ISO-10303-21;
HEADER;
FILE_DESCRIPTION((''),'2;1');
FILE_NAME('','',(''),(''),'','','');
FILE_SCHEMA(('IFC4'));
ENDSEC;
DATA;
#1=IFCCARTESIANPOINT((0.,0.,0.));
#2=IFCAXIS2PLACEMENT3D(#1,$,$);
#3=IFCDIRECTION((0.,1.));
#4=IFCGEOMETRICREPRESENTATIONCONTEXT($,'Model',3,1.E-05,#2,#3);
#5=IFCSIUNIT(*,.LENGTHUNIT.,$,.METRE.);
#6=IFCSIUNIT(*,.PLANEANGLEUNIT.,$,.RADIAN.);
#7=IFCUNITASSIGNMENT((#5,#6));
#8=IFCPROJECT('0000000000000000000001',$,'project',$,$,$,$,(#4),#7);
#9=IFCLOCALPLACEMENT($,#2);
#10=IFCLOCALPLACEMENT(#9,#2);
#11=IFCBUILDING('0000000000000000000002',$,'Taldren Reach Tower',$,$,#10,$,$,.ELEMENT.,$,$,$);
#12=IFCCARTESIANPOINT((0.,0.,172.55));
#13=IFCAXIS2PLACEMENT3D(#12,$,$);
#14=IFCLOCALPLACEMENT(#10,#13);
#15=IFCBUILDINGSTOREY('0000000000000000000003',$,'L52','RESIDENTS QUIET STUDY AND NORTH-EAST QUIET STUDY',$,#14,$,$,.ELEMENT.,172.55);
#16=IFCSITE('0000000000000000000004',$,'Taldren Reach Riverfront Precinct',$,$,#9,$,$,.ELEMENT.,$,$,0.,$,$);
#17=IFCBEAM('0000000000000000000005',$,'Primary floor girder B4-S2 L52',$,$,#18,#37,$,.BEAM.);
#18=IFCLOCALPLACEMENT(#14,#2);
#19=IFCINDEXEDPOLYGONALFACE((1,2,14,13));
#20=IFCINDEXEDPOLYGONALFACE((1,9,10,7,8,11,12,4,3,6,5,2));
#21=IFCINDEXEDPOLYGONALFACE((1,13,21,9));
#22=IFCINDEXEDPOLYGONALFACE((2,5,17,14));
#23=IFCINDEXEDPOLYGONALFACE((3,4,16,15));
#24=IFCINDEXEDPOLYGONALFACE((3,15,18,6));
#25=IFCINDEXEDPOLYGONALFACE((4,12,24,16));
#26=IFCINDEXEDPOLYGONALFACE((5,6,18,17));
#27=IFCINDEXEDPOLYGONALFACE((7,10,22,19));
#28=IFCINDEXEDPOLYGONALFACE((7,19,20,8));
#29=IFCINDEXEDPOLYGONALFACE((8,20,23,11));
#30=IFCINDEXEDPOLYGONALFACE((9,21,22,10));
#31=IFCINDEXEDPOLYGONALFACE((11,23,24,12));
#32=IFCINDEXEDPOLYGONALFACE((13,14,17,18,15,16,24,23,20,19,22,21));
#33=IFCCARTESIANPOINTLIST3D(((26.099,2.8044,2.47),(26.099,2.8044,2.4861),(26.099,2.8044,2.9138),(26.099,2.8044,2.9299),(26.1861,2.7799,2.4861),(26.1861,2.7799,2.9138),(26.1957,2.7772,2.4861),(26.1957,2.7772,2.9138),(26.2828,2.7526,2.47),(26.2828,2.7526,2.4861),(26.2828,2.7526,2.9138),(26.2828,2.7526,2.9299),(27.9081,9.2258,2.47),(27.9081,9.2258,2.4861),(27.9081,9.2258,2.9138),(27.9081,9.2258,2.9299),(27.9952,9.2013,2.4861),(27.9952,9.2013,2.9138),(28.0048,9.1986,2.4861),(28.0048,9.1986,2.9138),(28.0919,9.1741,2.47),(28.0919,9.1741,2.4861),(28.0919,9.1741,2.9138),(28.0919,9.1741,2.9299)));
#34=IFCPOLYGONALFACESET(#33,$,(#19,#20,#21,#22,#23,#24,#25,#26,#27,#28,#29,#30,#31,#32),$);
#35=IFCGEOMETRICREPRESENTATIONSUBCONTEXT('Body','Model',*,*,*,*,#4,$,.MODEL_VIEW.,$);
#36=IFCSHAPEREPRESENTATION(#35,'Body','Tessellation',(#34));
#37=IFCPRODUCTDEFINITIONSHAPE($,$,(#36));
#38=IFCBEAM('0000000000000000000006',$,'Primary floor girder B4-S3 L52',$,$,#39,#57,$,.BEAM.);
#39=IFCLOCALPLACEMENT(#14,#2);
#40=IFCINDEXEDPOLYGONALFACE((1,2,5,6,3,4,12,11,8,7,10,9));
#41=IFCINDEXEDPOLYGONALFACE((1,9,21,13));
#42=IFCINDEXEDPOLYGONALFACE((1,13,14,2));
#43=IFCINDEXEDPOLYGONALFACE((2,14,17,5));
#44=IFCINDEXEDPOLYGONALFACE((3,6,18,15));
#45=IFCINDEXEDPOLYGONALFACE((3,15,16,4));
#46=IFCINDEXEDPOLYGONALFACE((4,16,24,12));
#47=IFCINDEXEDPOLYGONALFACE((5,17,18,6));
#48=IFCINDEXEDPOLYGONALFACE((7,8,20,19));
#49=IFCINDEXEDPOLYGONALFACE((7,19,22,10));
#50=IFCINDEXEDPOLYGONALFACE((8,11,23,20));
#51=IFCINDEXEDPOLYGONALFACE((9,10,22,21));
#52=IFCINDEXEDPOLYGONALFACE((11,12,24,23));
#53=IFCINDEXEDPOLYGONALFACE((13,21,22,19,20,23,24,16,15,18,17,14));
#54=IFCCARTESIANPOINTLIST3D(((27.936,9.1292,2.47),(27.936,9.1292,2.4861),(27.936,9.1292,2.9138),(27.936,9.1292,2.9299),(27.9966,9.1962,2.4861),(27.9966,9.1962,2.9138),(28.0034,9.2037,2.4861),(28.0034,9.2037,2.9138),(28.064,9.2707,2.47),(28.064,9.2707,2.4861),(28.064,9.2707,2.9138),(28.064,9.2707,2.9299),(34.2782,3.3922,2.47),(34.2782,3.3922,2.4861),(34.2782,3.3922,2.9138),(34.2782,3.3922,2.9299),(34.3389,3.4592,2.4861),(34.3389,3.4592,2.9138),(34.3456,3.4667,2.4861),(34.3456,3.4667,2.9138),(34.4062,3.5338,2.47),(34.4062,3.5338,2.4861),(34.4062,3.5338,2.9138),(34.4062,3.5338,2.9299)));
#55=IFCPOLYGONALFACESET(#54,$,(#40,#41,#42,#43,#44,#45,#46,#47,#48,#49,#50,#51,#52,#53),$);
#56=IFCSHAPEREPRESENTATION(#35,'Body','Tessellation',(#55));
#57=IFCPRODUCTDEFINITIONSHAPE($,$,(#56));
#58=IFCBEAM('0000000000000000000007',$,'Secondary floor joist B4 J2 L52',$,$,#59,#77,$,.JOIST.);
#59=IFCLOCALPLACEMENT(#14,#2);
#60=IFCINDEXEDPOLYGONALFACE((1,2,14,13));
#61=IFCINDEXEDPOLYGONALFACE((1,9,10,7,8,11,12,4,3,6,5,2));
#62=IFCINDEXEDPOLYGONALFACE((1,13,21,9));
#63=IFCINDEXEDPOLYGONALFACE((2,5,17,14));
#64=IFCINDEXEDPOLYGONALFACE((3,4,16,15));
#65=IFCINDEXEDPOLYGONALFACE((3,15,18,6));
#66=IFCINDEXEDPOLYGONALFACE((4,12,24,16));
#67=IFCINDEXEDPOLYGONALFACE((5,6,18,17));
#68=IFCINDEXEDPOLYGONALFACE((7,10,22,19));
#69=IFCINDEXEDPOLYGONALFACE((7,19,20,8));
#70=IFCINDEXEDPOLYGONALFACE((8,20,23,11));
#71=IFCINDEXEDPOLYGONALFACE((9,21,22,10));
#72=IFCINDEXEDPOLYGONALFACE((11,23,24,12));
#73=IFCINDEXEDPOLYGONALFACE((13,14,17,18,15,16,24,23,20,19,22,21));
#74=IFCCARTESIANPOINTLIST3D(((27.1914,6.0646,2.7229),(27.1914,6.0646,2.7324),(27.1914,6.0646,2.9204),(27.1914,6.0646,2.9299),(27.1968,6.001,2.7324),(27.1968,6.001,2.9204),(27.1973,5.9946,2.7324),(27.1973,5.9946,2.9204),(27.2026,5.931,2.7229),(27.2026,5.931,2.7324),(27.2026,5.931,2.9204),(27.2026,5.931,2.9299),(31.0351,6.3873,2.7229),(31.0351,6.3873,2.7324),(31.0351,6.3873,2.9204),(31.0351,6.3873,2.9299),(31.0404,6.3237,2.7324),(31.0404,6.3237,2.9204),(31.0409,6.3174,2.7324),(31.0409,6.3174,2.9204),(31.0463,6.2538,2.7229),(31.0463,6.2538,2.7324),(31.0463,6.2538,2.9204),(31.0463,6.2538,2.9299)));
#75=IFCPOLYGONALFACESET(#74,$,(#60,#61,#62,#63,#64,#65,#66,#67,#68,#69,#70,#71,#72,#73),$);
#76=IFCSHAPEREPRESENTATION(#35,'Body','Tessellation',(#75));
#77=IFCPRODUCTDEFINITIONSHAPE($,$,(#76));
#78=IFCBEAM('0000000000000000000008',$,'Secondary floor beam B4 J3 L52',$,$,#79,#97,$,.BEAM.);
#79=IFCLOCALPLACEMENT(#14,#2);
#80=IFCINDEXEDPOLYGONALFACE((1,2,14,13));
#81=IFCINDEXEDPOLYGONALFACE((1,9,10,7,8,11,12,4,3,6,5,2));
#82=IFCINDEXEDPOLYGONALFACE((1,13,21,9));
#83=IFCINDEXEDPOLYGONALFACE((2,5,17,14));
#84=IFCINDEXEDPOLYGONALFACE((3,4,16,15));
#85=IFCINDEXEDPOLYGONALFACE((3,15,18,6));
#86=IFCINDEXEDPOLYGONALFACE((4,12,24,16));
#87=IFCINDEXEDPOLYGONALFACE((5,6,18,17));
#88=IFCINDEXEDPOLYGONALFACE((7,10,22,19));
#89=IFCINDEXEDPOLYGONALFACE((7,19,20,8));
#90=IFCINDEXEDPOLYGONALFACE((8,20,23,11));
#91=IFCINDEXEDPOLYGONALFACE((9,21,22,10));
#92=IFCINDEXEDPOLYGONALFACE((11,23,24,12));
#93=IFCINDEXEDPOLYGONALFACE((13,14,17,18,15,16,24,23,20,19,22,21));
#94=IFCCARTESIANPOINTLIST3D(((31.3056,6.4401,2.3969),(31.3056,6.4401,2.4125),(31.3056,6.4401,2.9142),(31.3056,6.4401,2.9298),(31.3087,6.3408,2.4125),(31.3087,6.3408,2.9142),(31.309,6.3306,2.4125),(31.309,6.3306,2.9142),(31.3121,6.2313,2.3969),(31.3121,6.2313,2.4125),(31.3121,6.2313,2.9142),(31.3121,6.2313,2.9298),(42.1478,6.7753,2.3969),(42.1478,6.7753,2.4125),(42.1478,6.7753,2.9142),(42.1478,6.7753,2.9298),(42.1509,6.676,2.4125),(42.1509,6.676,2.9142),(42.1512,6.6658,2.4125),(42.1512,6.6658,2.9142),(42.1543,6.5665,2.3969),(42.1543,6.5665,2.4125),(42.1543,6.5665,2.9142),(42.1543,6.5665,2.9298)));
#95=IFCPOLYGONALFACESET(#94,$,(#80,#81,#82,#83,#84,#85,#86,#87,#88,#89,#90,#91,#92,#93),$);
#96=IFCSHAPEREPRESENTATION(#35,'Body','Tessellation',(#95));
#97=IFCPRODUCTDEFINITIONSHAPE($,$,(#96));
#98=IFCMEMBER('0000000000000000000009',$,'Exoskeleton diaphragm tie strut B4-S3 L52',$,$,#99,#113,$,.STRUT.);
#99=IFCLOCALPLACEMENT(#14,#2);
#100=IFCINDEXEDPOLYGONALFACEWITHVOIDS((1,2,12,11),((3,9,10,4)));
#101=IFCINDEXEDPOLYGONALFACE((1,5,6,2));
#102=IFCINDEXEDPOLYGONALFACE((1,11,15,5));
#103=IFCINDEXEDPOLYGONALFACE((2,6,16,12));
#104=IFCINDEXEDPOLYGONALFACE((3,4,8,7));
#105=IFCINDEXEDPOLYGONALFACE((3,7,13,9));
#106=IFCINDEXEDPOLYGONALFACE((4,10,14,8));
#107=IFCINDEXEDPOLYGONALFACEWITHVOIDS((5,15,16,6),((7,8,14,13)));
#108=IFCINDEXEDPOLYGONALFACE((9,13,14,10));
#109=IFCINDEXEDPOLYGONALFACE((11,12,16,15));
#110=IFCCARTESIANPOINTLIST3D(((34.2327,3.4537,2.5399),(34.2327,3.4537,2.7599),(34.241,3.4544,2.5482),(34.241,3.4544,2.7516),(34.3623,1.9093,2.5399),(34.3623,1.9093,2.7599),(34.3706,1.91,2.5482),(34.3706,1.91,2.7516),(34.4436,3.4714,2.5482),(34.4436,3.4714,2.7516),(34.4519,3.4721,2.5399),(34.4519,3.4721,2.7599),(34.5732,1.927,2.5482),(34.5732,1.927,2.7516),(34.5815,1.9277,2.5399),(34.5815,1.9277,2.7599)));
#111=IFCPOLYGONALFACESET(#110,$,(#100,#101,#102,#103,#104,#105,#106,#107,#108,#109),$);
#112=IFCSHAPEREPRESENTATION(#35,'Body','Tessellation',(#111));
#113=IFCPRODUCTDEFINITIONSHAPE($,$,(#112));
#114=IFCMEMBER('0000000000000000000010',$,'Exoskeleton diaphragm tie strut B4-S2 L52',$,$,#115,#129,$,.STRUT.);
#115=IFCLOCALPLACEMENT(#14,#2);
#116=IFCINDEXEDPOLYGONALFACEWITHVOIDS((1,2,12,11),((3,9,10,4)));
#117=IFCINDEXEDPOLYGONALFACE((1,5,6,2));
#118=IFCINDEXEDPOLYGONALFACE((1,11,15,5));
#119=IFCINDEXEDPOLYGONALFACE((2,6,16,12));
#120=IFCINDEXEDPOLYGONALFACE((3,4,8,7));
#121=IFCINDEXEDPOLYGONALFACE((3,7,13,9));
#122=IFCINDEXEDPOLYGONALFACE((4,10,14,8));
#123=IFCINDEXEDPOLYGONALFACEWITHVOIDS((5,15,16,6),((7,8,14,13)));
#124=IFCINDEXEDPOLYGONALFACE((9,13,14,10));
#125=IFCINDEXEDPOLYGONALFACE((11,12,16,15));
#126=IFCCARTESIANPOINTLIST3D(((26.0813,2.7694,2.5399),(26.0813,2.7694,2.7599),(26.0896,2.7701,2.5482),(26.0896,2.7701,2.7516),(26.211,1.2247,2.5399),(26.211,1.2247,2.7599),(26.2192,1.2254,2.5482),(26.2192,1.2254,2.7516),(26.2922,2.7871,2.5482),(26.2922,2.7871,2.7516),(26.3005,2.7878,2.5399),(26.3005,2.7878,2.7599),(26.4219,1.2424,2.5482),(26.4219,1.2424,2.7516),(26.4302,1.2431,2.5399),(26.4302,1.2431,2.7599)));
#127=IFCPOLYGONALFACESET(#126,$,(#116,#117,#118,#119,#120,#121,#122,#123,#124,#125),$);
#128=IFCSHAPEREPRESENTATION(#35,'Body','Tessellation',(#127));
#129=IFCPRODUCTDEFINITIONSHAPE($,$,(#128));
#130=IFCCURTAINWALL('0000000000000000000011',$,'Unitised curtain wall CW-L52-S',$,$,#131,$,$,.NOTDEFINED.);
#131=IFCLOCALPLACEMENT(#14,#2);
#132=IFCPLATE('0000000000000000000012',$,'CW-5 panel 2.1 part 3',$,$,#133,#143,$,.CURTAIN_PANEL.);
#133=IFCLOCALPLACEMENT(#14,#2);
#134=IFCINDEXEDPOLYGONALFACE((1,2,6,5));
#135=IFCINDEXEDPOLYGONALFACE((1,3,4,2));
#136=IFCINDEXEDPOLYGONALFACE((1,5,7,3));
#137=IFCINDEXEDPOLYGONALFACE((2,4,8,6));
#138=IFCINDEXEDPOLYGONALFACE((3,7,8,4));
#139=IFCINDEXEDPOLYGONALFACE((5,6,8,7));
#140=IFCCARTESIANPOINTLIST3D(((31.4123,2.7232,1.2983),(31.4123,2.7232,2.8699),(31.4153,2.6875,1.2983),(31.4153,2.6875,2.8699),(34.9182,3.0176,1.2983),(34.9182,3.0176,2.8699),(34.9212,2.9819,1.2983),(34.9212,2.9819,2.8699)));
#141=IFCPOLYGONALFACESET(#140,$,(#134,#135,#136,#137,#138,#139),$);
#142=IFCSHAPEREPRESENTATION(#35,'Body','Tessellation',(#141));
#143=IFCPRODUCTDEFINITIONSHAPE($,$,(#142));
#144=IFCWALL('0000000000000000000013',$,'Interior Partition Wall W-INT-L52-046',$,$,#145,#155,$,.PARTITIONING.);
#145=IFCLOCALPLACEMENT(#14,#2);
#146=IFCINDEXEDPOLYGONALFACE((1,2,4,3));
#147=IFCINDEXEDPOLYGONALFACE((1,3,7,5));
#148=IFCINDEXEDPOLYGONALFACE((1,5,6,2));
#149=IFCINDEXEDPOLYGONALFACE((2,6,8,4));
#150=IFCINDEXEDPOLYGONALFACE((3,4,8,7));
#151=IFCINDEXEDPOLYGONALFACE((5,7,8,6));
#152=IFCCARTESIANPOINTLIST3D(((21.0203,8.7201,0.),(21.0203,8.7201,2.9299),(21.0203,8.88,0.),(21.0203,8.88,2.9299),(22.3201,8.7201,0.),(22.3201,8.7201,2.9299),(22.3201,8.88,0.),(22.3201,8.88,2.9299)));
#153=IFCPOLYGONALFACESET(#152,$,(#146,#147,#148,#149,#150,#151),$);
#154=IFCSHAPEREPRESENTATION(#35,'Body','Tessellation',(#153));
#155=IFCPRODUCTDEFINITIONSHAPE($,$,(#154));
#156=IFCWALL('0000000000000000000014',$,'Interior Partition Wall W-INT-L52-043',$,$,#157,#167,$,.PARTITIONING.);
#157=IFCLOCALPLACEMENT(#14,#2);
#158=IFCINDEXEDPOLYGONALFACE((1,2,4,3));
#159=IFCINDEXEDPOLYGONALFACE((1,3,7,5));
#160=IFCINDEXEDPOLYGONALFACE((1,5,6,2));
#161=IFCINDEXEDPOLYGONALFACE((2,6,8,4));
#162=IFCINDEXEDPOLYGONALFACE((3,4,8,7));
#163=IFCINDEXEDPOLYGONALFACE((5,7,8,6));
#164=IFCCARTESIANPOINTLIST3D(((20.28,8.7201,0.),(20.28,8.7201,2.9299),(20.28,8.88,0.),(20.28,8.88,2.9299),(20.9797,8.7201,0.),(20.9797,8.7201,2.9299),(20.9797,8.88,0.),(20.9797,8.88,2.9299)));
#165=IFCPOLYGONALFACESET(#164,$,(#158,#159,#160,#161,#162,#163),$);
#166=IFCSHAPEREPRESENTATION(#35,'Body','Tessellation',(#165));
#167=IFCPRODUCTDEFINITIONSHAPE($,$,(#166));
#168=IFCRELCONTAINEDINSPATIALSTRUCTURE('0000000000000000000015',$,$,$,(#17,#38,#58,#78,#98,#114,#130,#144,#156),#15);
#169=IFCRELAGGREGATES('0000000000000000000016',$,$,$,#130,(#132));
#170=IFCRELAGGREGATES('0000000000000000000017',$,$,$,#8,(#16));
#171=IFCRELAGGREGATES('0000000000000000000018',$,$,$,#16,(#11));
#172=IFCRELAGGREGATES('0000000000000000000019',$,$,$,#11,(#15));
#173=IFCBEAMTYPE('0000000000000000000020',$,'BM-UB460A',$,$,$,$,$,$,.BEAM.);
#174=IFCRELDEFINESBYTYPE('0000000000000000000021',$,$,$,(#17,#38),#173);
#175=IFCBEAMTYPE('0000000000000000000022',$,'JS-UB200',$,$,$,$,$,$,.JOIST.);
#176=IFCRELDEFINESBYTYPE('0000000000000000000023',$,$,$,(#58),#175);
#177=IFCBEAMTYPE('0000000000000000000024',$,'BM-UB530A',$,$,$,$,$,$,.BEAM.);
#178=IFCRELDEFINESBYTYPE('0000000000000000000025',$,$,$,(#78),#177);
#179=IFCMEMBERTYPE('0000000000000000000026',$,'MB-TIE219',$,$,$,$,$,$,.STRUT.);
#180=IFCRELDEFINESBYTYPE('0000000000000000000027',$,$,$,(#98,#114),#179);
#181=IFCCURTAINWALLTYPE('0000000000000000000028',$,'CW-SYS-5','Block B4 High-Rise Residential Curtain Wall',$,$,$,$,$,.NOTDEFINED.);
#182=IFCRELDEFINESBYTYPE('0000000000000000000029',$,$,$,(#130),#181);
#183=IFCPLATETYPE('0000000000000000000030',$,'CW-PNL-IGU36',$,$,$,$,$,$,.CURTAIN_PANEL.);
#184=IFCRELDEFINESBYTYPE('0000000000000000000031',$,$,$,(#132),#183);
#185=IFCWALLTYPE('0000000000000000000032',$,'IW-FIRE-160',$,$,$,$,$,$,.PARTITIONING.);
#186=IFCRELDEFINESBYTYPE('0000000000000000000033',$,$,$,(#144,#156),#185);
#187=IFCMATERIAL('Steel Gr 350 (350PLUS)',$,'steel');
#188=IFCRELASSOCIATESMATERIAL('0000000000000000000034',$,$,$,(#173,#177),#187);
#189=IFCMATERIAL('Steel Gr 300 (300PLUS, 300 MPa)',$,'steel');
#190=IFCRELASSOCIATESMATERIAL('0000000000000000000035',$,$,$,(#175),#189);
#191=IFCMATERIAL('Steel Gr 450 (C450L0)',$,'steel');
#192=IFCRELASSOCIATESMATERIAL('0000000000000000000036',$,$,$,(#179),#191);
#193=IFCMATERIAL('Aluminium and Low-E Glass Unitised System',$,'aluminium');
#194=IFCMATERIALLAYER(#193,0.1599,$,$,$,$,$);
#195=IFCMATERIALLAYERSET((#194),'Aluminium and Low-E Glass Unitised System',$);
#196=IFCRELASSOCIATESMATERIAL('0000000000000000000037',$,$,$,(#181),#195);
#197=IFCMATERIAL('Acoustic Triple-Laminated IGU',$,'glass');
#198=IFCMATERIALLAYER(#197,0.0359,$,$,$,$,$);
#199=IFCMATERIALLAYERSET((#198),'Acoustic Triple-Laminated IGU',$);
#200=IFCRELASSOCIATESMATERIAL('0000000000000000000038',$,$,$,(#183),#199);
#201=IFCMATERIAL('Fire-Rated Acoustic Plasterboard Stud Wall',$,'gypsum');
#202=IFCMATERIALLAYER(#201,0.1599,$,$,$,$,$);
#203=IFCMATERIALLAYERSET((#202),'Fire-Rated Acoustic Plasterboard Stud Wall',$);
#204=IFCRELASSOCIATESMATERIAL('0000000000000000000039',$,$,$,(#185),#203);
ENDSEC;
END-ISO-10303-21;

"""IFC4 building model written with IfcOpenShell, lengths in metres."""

from ifc_helpers import new_model, si_unit, direction, frame, frame_2d, origin, origin_2d, place, context, subcontext, project, spatial, rectangle, hollow_rectangle, i_section, extrude, source, transform, mapped, material, layer, layer_set, material_profile, profile_set, type_object, element, aggregate, save


model = new_model("IFC4")

# Units and contexts
model_context = context("Model", 3, precision=1e-05, world=origin(), true_north=direction((0.0, 1.0)))
body_context = subcontext(model_context, "Body", "Model", "MODEL_VIEW")
ifc_project = project(units=[si_unit("LENGTHUNIT", "METRE"), si_unit("PLANEANGLEUNIT", "RADIAN")], contexts=[model_context])

# Site, building, storey
site_placement = place(None, origin())
site = spatial("IfcSite", under=ifc_project, at=site_placement, Name="Taldren Reach Riverfront Precinct", CompositionType="ELEMENT", RefElevation=0.0)
building_placement = place(site_placement, origin())
building = spatial("IfcBuilding", under=site, at=building_placement, Name="Taldren Reach Tower", CompositionType="ELEMENT")
storey_placement = place(building_placement, frame((0.0, 0.0, 172.55)))
storey = spatial("IfcBuildingStorey", under=building, at=storey_placement, Name="L52", Description="RESIDENTS QUIET STUDY AND NORTH-EAST QUIET STUDY", CompositionType="ELEMENT", Elevation=172.55)

# Shared definitions
ifc_material_1 = material(Name="Steel Gr 350 (350PLUS)", Category="steel")

# Beams
ifc_material_profile_1 = material_profile(ifc_material_1, i_section(OverallWidth=0.1909, OverallDepth=0.46, WebThickness=0.01, FlangeThickness=0.0161, at=origin_2d()), Name="460UB82.1")
ifc_profile_set_1 = profile_set([ifc_material_profile_1], Name="Steel Gr 350 (350PLUS)")
beam_type_1 = type_object("IfcBeamType", Name="BM-UB460A", PredefinedType="BEAM", material=ifc_profile_set_1)
shared_shape_1 = source(origin(), body_context, "Body", "SweptSolid", [
    extrude(i_section(OverallWidth=0.1909, OverallDepth=0.46, WebThickness=0.01, FlangeThickness=0.0161, at=origin_2d()), origin(), (0.0, 0.0, 1.0), 6.6714),
])
beam_1_placement = place(storey_placement, frame((28.0, 9.2, 2.7), z_axis=(-0.271172, -0.962531, 0.0), x_axis=(0.962531, -0.271172, 0.0)))
element("IfcBeam", 1, at=beam_1_placement, inside=storey, type_object=beam_type_1, Name="Primary floor girder B4-S2 L52", PredefinedType="BEAM", context=body_context, shape_type="MappedRepresentation", body=[
    mapped(shared_shape_1, transform((0.0, 0.0, 0.0), scale=1.0)),
])
shared_shape_2 = source(origin(), body_context, "Body", "SweptSolid", [
    extrude(i_section(OverallWidth=0.1909, OverallDepth=0.46, WebThickness=0.01, FlangeThickness=0.0161, at=origin_2d()), origin(), (0.0, 0.0, 1.0), 8.552),
])
beam_2_placement = place(storey_placement, frame((28.0, 9.2, 2.7), z_axis=(0.741605, -0.670836, 0.0), x_axis=(0.670836, 0.741605, 0.0)))
element("IfcBeam", 2, at=beam_2_placement, inside=storey, type_object=beam_type_1, Name="Primary floor girder B4-S3 L52", PredefinedType="BEAM", context=body_context, shape_type="MappedRepresentation", body=[
    mapped(shared_shape_2, transform((0.0, 0.0, 0.0), scale=1.0)),
])
ifc_material_2 = material(Name="Steel Gr 300 (300PLUS, 300 MPa)", Category="steel")
ifc_material_profile_2 = material_profile(ifc_material_2, i_section(OverallWidth=0.134, OverallDepth=0.207, WebThickness=0.0063, FlangeThickness=0.0095, at=origin_2d()), Name="200UB29.8")
ifc_profile_set_2 = profile_set([ifc_material_profile_2], Name="Steel Gr 300 (300PLUS, 300 MPa)")
beam_type_2 = type_object("IfcBeamType", Name="JS-UB200", PredefinedType="JOIST", material=ifc_profile_set_2)
shared_shape_3 = source(origin(), body_context, "Body", "SweptSolid", [
    extrude(i_section(OverallWidth=0.134, OverallDepth=0.207, WebThickness=0.0063, FlangeThickness=0.0095, at=origin_2d()), origin(), (0.0, 0.0, 1.0), 3.8572),
])
beam_3_placement = place(storey_placement, frame((27.197, 5.9978, 2.8264), z_axis=(0.996493, 0.083674, 0.0), x_axis=(-0.083674, 0.996493, 0.0)))
element("IfcBeam", 3, at=beam_3_placement, inside=storey, type_object=beam_type_2, Name="Secondary floor joist B4 J2 L52", PredefinedType="JOIST", context=body_context, shape_type="MappedRepresentation", body=[
    mapped(shared_shape_3, transform((0.0, 0.0, 0.0), scale=1.0)),
])
ifc_material_profile_3 = material_profile(ifc_material_1, i_section(OverallWidth=0.209, OverallDepth=0.533, WebThickness=0.0103, FlangeThickness=0.0156, at=origin_2d()), Name="530UB92.4")
ifc_profile_set_3 = profile_set([ifc_material_profile_3], Name="Steel Gr 350 (350PLUS)")
beam_type_3 = type_object("IfcBeamType", Name="BM-UB530A", PredefinedType="BEAM", material=ifc_profile_set_3)
shared_shape_4 = source(origin(), body_context, "Body", "SweptSolid", [
    extrude(i_section(OverallWidth=0.209, OverallDepth=0.533, WebThickness=0.0103, FlangeThickness=0.0156, at=origin_2d()), origin(), (0.0, 0.0, 1.0), 10.8474),
])
beam_4_placement = place(storey_placement, frame((31.3088, 6.3357, 2.6633), z_axis=(0.999522, 0.030902, 0.0), x_axis=(-0.030902, 0.999522, 0.0)))
element("IfcBeam", 4, at=beam_4_placement, inside=storey, type_object=beam_type_3, Name="Secondary floor beam B4 J3 L52", PredefinedType="BEAM", context=body_context, shape_type="MappedRepresentation", body=[
    mapped(shared_shape_4, transform((0.0, 0.0, 0.0), scale=1.0)),
])

# Members
ifc_material_3 = material(Name="Steel Gr 450 (C450L0)", Category="steel")
ifc_material_profile_4 = material_profile(ifc_material_3, hollow_rectangle(XDim=0.22, YDim=0.22, WallThickness=0.0083, at=origin_2d()), Name="220x220x8.2SHS")
ifc_profile_set_4 = profile_set([ifc_material_profile_4], Name="Steel Gr 450 (C450L0)")
member_type_1 = type_object("IfcMemberType", Name="MB-TIE219", PredefinedType="STRUT", material=ifc_profile_set_4)
shared_shape_5 = source(origin(), body_context, "Body", "SweptSolid", [
    extrude(hollow_rectangle(XDim=0.22, YDim=0.22, WallThickness=0.0083, at=origin_2d()), origin(), (0.0, 0.0, 1.0), 1.5498),
])
member_1_placement = place(storey_placement, frame((34.3423, 3.4629, 2.6499), z_axis=(0.083645, -0.996496, 0.0), x_axis=(0.996496, 0.083645, 0.0)))
element("IfcMember", 5, at=member_1_placement, inside=storey, type_object=member_type_1, Name="Exoskeleton diaphragm tie strut B4-S3 L52", PredefinedType="STRUT", context=body_context, shape_type="MappedRepresentation", body=[
    mapped(shared_shape_5, transform((0.0, 0.0, 0.0), scale=1.0)),
])
shared_shape_6 = source(origin(), body_context, "Body", "SweptSolid", [
    extrude(hollow_rectangle(XDim=0.22, YDim=0.22, WallThickness=0.0083, at=origin_2d()), origin(), (0.0, 0.0, 1.0), 1.55),
])
member_2_placement = place(storey_placement, frame((26.1909, 2.7786, 2.6499), z_axis=(0.083632, -0.996497, 0.0), x_axis=(0.996497, 0.083632, 0.0)))
element("IfcMember", 6, at=member_2_placement, inside=storey, type_object=member_type_1, Name="Exoskeleton diaphragm tie strut B4-S2 L52", PredefinedType="STRUT", context=body_context, shape_type="MappedRepresentation", body=[
    mapped(shared_shape_6, transform((0.0, 0.0, 0.0), scale=1.0)),
])

# Curtain wall, plate
ifc_material_4 = material(Name="Aluminium and Low-E Glass Unitised System", Category="aluminium")
ifc_layer_1 = layer(ifc_material_4, 0.1599)
ifc_layer_set_1 = layer_set([ifc_layer_1], Name="Aluminium and Low-E Glass Unitised System")
curtain_wall_type = type_object("IfcCurtainWallType", Name="CW-SYS-5", Description="Block B4 High-Rise Residential Curtain Wall", PredefinedType="NOTDEFINED", material=ifc_layer_set_1)
curtain_wall_placement = place(storey_placement, origin())
curtain_wall = element("IfcCurtainWall", 7, at=curtain_wall_placement, inside=storey, type_object=curtain_wall_type, Name="Unitised curtain wall CW-L52-S", PredefinedType="NOTDEFINED")
ifc_material_5 = material(Name="Acoustic Triple-Laminated IGU", Category="glass")
ifc_layer_2 = layer(ifc_material_5, 0.0359)
ifc_layer_set_2 = layer_set([ifc_layer_2], Name="Acoustic Triple-Laminated IGU")
plate_type = type_object("IfcPlateType", Name="CW-PNL-IGU36", PredefinedType="CURTAIN_PANEL", material=ifc_layer_set_2)
shared_shape_7 = source(origin(), body_context, "Body", "SweptSolid", [
    extrude(rectangle(XDim=3.5183, YDim=0.0359, at=origin_2d()), origin(), (0.0, 0.0, 1.0), 1.5715),
])
plate_placement = place(storey_placement, frame((33.1667, 2.8525, 1.2983), z_axis=(0.0, 0.0, 1.0), x_axis=(0.996493, 0.083678, 0.0)))
plate = element("IfcPlate", 8, at=plate_placement, type_object=plate_type, Name="CW-5 panel 2.1 part 3", PredefinedType="CURTAIN_PANEL", context=body_context, shape_type="MappedRepresentation", body=[
    mapped(shared_shape_7, transform((0.0, 0.0, 0.0), scale=1.0)),
])
aggregate(curtain_wall, [plate])

# Walls
ifc_material_6 = material(Name="Fire-Rated Acoustic Plasterboard Stud Wall", Category="gypsum")
ifc_layer_3 = layer(ifc_material_6, 0.1599)
ifc_layer_set_3 = layer_set([ifc_layer_3], Name="Fire-Rated Acoustic Plasterboard Stud Wall")
wall_type_1 = type_object("IfcWallType", Name="IW-FIRE-160", PredefinedType="PARTITIONING", material=ifc_layer_set_3)
shared_shape_8 = source(origin(), body_context, "Body", "SweptSolid", [
    extrude(rectangle(XDim=1.2998, YDim=0.1599, at=frame_2d((0.6499, 0.0))), origin(), (0.0, 0.0, 1.0), 2.9299),
])
wall_1_placement = place(storey_placement, frame((22.3201, 8.8, 0.0), z_axis=(0.0, 0.0, 1.0), x_axis=(-1.0, 0.0, 0.0)))
element("IfcWall", 9, at=wall_1_placement, inside=storey, type_object=wall_type_1, Name="Interior Partition Wall W-INT-L52-046", PredefinedType="PARTITIONING", context=body_context, shape_type="MappedRepresentation", body=[
    mapped(shared_shape_8, transform((0.0, 0.0, 0.0), scale=1.0)),
])
shared_shape_9 = source(origin(), body_context, "Body", "SweptSolid", [
    extrude(rectangle(XDim=0.6997, YDim=0.1599, at=frame_2d((0.3499, 0.0))), origin(), (0.0, 0.0, 1.0), 2.9299),
])
wall_2_placement = place(storey_placement, frame((20.9797, 8.8, 0.0), z_axis=(0.0, 0.0, 1.0), x_axis=(-1.0, 0.0, 0.0)))
element("IfcWall", 10, at=wall_2_placement, inside=storey, type_object=wall_type_1, Name="Interior Partition Wall W-INT-L52-043", PredefinedType="PARTITIONING", context=body_context, shape_type="MappedRepresentation", body=[
    mapped(shared_shape_9, transform((0.0, 0.0, 0.0), scale=1.0)),
])

save(model, "model.ifc")
